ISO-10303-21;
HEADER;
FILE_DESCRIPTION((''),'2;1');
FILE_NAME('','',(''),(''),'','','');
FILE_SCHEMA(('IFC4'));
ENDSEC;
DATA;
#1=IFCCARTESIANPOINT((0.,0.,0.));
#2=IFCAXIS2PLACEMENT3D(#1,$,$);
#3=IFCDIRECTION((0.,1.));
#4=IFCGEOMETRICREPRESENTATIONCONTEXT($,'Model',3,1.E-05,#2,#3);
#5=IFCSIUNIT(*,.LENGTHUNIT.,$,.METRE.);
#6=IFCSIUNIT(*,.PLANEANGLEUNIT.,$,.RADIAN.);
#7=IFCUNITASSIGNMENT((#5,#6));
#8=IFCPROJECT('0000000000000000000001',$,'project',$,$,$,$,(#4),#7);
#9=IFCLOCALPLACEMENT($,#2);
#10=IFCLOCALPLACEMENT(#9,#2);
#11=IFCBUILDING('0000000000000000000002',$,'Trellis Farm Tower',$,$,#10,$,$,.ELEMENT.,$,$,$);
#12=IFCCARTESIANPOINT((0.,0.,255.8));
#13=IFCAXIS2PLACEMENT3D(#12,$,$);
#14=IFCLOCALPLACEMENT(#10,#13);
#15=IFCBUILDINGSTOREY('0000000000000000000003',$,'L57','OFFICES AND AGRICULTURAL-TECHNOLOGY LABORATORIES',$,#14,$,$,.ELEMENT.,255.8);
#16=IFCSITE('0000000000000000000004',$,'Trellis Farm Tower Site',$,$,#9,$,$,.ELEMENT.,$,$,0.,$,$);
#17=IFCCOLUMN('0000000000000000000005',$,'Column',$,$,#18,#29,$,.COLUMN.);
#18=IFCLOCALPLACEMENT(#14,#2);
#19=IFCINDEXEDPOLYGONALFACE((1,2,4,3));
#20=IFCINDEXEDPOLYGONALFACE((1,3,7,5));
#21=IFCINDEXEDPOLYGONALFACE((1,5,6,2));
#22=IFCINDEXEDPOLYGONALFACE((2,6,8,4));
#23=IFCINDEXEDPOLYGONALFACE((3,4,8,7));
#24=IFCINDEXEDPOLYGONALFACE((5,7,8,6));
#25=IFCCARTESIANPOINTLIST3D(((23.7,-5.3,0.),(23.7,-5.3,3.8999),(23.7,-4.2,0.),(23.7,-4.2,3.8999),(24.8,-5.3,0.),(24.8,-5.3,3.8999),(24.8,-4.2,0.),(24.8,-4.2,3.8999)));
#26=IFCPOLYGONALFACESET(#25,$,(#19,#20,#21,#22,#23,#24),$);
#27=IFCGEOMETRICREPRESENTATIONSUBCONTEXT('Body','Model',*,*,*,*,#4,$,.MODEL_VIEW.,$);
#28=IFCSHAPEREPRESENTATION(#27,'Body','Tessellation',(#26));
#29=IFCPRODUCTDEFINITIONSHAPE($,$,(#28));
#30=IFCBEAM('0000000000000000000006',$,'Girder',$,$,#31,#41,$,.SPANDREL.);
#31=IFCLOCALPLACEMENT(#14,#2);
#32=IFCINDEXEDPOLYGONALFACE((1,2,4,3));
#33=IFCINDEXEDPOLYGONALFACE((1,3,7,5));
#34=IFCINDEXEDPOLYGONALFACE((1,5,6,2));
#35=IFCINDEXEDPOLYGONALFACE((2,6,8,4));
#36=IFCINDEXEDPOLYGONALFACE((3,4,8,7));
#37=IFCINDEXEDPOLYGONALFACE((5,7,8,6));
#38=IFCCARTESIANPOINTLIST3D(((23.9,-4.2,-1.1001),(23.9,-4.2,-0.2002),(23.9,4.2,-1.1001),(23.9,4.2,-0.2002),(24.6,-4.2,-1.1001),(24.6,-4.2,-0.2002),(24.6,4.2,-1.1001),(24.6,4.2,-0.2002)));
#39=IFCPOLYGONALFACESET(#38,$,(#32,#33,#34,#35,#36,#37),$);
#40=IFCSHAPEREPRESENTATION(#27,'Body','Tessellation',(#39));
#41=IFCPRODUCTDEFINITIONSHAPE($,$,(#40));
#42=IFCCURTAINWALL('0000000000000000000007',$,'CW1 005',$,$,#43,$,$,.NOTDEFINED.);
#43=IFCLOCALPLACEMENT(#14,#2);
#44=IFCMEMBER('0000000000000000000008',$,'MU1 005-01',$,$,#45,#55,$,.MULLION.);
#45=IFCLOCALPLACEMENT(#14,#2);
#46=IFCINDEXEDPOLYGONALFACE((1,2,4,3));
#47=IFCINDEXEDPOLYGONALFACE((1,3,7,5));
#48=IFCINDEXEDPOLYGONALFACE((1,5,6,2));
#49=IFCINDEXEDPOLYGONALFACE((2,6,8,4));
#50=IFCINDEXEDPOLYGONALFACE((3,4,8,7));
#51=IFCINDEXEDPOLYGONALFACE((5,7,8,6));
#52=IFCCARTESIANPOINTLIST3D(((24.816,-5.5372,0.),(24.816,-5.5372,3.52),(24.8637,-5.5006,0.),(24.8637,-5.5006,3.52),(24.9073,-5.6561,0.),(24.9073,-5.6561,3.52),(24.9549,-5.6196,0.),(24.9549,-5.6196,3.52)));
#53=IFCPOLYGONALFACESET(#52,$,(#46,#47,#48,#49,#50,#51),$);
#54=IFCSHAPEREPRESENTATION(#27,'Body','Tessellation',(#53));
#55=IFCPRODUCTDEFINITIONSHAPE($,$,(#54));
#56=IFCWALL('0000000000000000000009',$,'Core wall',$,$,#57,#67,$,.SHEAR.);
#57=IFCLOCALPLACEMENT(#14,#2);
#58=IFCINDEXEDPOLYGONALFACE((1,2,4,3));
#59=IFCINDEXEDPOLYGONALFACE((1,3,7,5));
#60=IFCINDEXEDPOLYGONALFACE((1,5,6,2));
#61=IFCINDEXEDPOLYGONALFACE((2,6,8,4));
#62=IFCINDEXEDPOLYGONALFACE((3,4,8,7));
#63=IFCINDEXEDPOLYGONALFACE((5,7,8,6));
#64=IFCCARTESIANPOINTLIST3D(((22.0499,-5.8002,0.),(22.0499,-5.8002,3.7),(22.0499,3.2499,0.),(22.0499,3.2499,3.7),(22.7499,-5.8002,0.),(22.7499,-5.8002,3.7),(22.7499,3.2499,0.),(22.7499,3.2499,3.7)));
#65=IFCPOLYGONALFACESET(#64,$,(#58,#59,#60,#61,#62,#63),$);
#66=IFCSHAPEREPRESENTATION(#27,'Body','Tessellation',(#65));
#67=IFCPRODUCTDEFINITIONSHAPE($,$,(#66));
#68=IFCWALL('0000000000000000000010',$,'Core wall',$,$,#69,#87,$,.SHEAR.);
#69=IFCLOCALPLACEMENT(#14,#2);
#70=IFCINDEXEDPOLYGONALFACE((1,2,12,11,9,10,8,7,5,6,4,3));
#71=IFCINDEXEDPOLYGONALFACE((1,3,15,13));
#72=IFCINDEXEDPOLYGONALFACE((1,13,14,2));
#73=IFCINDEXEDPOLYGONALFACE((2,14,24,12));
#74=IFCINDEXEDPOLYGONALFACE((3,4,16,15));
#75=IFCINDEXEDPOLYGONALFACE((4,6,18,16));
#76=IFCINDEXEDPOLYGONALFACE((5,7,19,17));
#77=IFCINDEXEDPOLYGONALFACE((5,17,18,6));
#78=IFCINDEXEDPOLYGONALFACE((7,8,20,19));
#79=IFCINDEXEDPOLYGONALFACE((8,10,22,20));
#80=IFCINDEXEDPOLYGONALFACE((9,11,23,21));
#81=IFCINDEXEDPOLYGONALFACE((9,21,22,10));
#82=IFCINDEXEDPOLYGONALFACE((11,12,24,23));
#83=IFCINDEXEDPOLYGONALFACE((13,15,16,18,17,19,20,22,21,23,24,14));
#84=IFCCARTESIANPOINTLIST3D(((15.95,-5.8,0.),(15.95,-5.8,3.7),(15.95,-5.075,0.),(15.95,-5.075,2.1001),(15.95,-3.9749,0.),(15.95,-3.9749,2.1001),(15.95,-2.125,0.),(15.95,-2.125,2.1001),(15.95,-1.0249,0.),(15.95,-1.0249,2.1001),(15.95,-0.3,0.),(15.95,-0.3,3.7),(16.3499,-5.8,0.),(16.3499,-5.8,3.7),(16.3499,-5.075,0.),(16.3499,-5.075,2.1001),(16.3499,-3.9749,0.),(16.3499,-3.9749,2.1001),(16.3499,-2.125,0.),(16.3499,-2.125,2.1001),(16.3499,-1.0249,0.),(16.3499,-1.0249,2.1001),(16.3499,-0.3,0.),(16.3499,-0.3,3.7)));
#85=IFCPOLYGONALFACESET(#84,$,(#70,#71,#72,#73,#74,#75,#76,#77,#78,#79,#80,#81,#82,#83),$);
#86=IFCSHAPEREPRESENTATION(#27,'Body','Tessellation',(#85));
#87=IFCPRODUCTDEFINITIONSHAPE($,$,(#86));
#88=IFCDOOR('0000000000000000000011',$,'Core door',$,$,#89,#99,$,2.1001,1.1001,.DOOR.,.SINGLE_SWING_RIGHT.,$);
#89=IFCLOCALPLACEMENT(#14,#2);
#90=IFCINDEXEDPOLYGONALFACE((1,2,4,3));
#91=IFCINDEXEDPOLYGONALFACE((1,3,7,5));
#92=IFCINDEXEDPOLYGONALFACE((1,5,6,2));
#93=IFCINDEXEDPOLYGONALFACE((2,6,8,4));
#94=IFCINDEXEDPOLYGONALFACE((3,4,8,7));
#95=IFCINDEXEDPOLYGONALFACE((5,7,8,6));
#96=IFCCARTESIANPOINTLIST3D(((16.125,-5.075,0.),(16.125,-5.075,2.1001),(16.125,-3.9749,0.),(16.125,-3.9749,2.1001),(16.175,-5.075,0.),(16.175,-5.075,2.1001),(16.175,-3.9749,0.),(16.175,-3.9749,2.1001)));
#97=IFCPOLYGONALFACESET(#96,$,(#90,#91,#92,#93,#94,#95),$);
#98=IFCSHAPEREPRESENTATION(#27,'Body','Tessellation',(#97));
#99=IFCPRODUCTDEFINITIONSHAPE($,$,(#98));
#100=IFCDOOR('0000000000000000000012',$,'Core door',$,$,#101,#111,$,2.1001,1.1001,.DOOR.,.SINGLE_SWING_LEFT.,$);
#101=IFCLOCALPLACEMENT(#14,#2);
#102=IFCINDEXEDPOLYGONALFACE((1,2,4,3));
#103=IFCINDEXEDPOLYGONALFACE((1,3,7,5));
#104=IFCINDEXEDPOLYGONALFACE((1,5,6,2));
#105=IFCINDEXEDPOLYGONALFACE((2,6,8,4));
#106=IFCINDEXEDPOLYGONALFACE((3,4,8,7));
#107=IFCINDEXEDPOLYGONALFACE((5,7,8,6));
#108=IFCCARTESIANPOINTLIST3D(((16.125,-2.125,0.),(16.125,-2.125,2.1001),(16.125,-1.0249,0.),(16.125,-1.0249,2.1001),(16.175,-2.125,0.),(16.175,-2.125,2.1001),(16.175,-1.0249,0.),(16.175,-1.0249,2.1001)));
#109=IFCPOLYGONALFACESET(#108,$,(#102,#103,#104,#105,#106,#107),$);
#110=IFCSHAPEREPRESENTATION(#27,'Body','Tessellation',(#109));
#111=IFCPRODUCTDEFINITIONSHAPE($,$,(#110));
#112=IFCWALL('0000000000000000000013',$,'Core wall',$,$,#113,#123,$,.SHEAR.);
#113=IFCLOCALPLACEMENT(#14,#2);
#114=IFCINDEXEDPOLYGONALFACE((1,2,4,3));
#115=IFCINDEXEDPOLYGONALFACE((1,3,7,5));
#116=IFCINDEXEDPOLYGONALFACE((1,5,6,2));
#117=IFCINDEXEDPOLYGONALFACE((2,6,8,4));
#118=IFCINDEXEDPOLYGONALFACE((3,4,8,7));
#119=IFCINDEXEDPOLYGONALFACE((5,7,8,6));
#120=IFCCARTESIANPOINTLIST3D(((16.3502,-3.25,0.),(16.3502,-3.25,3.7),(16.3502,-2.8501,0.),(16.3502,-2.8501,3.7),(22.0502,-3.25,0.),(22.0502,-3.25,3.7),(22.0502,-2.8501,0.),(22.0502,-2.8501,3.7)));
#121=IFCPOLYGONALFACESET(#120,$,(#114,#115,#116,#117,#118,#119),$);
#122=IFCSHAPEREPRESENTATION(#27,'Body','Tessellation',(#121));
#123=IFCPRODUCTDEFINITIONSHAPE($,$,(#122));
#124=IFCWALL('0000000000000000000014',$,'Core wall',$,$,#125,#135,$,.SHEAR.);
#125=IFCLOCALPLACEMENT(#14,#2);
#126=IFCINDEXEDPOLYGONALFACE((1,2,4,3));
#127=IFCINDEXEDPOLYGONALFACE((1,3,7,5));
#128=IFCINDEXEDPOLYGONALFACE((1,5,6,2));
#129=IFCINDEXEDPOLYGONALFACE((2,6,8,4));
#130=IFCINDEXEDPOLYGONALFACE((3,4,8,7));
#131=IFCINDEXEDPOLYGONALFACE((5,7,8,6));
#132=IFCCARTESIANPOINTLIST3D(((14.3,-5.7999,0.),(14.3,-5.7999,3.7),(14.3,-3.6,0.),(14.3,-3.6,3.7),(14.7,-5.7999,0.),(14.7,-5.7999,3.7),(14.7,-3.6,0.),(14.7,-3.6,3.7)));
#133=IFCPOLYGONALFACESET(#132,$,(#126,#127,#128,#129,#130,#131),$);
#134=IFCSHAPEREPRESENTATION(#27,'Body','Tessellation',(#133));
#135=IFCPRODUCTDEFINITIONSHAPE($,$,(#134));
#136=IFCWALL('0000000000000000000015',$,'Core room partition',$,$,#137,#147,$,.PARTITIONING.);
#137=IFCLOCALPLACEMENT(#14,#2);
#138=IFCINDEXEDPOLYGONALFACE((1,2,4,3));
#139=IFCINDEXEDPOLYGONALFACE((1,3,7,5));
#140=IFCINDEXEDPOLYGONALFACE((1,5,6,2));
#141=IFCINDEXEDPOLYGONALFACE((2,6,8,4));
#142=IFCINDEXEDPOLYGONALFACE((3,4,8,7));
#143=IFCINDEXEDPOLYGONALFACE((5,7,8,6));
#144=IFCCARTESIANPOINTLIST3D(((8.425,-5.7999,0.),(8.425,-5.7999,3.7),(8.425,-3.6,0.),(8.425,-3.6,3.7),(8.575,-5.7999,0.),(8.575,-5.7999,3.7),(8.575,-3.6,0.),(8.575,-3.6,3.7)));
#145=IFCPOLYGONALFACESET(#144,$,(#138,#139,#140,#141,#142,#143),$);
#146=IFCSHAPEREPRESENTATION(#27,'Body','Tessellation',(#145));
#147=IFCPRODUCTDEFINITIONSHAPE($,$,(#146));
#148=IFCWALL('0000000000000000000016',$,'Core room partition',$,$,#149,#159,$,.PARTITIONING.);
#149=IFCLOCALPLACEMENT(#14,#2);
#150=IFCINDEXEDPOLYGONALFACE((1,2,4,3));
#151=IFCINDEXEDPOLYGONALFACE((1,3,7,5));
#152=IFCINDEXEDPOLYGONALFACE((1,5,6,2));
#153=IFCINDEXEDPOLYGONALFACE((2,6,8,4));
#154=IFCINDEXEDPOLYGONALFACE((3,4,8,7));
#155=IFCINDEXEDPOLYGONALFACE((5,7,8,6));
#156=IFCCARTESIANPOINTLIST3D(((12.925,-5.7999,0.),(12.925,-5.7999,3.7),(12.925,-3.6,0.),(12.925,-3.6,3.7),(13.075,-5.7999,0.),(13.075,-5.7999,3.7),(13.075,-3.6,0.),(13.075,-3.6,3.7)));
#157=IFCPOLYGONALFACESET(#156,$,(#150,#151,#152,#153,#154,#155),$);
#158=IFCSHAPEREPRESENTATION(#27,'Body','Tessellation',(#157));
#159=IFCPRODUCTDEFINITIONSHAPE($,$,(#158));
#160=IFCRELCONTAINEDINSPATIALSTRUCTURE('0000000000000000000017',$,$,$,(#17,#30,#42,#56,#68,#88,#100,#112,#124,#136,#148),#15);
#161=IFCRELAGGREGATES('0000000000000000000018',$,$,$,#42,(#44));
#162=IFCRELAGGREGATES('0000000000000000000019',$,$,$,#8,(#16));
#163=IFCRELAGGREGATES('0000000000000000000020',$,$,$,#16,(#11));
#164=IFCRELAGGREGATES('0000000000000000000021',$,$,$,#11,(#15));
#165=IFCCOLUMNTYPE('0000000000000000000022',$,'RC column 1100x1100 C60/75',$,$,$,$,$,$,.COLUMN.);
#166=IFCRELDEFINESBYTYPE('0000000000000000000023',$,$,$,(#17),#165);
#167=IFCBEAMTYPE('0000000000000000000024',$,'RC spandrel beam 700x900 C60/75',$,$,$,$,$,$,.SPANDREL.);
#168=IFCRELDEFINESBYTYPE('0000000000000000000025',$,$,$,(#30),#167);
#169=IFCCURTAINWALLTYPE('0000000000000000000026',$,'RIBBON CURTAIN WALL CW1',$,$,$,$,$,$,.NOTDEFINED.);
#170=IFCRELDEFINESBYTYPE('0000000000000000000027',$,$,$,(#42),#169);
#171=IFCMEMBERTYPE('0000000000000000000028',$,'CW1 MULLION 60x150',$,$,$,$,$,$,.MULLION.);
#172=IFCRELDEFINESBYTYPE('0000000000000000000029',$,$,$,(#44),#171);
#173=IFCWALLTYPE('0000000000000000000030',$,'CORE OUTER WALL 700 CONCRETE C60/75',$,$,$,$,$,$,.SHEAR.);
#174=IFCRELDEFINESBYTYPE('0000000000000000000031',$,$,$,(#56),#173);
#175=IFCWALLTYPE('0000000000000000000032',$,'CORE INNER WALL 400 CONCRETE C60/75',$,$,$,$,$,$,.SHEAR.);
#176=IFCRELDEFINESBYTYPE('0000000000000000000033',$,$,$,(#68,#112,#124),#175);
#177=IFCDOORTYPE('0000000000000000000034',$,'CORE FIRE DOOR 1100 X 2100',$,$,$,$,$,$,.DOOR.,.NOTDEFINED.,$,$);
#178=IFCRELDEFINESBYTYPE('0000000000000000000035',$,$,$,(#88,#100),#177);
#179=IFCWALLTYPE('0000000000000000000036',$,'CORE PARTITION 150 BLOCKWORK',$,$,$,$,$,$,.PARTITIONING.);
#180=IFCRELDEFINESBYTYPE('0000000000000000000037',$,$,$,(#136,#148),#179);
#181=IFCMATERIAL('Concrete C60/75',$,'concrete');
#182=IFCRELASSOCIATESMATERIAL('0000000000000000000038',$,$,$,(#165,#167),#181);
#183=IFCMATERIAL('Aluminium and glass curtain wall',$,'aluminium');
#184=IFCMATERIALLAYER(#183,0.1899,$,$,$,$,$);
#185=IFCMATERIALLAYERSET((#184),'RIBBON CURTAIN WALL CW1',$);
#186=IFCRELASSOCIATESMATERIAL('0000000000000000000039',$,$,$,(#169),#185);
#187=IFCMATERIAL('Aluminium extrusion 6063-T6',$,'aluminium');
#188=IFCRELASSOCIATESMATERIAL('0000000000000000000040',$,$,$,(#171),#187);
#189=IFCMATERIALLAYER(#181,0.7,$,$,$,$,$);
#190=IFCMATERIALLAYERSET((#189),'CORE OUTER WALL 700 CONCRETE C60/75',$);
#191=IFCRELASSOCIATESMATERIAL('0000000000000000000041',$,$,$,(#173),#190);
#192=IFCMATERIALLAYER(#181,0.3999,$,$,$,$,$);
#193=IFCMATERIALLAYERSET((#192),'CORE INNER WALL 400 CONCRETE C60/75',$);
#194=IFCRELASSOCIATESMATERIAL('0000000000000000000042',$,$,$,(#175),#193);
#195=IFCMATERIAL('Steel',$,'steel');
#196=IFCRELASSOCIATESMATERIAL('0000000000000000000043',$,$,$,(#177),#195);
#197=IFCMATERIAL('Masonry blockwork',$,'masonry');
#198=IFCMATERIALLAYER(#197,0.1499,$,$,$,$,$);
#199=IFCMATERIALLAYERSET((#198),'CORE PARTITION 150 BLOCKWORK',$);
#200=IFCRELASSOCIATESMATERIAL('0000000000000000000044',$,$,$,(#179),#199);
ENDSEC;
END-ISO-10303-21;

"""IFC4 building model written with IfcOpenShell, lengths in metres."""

from ifc_helpers import new_model, si_unit, direction, frame, frame_2d, origin, origin_2d, place, context, subcontext, project, spatial, rectangle, extrude, source, transform, mapped, material, layer, layer_set, material_profile, profile_set, type_object, element, fill, aggregate, save


model = new_model("IFC4")

# Units and contexts
model_context = context("Model", 3, precision=1e-05, world=origin(), true_north=direction((0.0, 1.0)))
body_context = subcontext(model_context, "Body", "Model", "MODEL_VIEW")
ifc_project = project(units=[si_unit("LENGTHUNIT", "METRE"), si_unit("PLANEANGLEUNIT", "RADIAN")], contexts=[model_context])

# Site, building, storey
site_placement = place(None, origin())
site = spatial("IfcSite", under=ifc_project, at=site_placement, Name="Trellis Farm Tower Site", CompositionType="ELEMENT", RefElevation=0.0)
building_placement = place(site_placement, origin())
building = spatial("IfcBuilding", under=site, at=building_placement, Name="Trellis Farm Tower", CompositionType="ELEMENT")
storey_placement = place(building_placement, frame((0.0, 0.0, 255.8)))
storey = spatial("IfcBuildingStorey", under=building, at=storey_placement, Name="L57", Description="OFFICES AND AGRICULTURAL-TECHNOLOGY LABORATORIES", CompositionType="ELEMENT", Elevation=255.8)

# Column
ifc_material_1 = material(Name="Concrete C60/75", Category="concrete")
ifc_material_profile_1 = material_profile(ifc_material_1, rectangle(XDim=1.1001, YDim=1.1001, at=origin_2d()), Name="RC column 1100x1100 C60/75")
ifc_profile_set_1 = profile_set([ifc_material_profile_1], Name="Concrete C60/75")
column_type = type_object("IfcColumnType", Name="RC column 1100x1100 C60/75", PredefinedType="COLUMN", material=ifc_profile_set_1)
shared_shape_1 = source(origin(), body_context, "Body", "SweptSolid", [
    extrude(rectangle(XDim=1.1001, YDim=1.1001, at=origin_2d()), origin(), (0.0, 0.0, 1.0), 3.8999),
])
column_placement = place(storey_placement, frame((24.25, -4.75, 0.0), z_axis=(0.0, 0.0, 1.0), x_axis=(1.0, 0.0, 0.0)))
element("IfcColumn", 1, at=column_placement, inside=storey, type_object=column_type, Name="Column", PredefinedType="COLUMN", context=body_context, shape_type="MappedRepresentation", body=[
    mapped(shared_shape_1, transform((0.0, 0.0, 0.0))),
])

# Beam
ifc_material_profile_2 = material_profile(ifc_material_1, rectangle(XDim=0.7, YDim=0.8999, at=origin_2d()), Name="RC spandrel beam 700x900 C60/75")
ifc_profile_set_2 = profile_set([ifc_material_profile_2], Name="Concrete C60/75")
beam_type = type_object("IfcBeamType", Name="RC spandrel beam 700x900 C60/75", PredefinedType="SPANDREL", material=ifc_profile_set_2)
shared_shape_2 = source(origin(), body_context, "Body", "SweptSolid", [
    extrude(rectangle(XDim=0.7, YDim=0.8999, at=origin_2d()), origin(), (0.0, 0.0, 1.0), 8.3999),
])
beam_placement = place(storey_placement, frame((24.25, -4.2, -0.6501), z_axis=(0.0, 1.0, 0.0), x_axis=(-1.0, 0.0, 0.0)))
element("IfcBeam", 2, at=beam_placement, inside=storey, type_object=beam_type, Name="Girder", PredefinedType="SPANDREL", context=body_context, shape_type="MappedRepresentation", body=[
    mapped(shared_shape_2, transform((0.0, 0.0, 0.0))),
])

# Curtain wall, member
ifc_material_2 = material(Name="Aluminium and glass curtain wall", Category="aluminium")
ifc_layer_1 = layer(ifc_material_2, 0.1899)
ifc_layer_set_1 = layer_set([ifc_layer_1], Name="RIBBON CURTAIN WALL CW1")
curtain_wall_type = type_object("IfcCurtainWallType", Name="RIBBON CURTAIN WALL CW1", PredefinedType="NOTDEFINED", material=ifc_layer_set_1)
placement = place(storey_placement, origin())
curtain_wall = element("IfcCurtainWall", 3, at=placement, inside=storey, type_object=curtain_wall_type, Name="CW1 005", PredefinedType="NOTDEFINED")
ifc_material_3 = material(Name="Aluminium extrusion 6063-T6", Category="aluminium")
ifc_material_profile_3 = material_profile(ifc_material_3, rectangle(XDim=0.0601, YDim=0.1499, at=origin_2d()), Name="MULLION 60x150")
ifc_profile_set_3 = profile_set([ifc_material_profile_3], Name="Aluminium extrusion 6063-T6")
member_type = type_object("IfcMemberType", Name="CW1 MULLION 60x150", PredefinedType="MULLION", material=ifc_profile_set_3)
shared_shape_3 = source(origin(), body_context, "Body", "SweptSolid", [
    extrude(rectangle(XDim=0.0601, YDim=0.1499, at=origin_2d()), origin(), (0.0, 0.0, 1.0), 3.52),
])
member_placement = place(storey_placement, frame((24.8855, -5.5784, 0.0), z_axis=(0.0, 0.0, 1.0), x_axis=(0.793353, 0.608761, 0.0)))
member = element("IfcMember", 4, at=member_placement, type_object=member_type, Name="MU1 005-01", PredefinedType="MULLION", context=body_context, shape_type="MappedRepresentation", body=[
    mapped(shared_shape_3, transform((0.0, 0.0, 0.0))),
])
aggregate(curtain_wall, [member])

# Wall
ifc_layer_2 = layer(ifc_material_1, 0.7)
ifc_layer_set_2 = layer_set([ifc_layer_2], Name="CORE OUTER WALL 700 CONCRETE C60/75")
wall_type_1 = type_object("IfcWallType", Name="CORE OUTER WALL 700 CONCRETE C60/75", PredefinedType="SHEAR", material=ifc_layer_set_2)
shared_shape_4 = source(origin(), body_context, "Body", "SweptSolid", [
    extrude(rectangle(XDim=9.05, YDim=0.7, at=frame_2d((4.5249, 0.0))), origin(), (0.0, 0.0, 1.0), 3.7),
])
wall_1_placement = place(storey_placement, frame((22.3999, -5.8, 0.0), z_axis=(0.0, 0.0, 1.0), x_axis=(0.0, 1.0, 0.0)))
element("IfcWall", 5, at=wall_1_placement, inside=storey, type_object=wall_type_1, Name="Core wall", PredefinedType="SHEAR", context=body_context, shape_type="MappedRepresentation", body=[
    mapped(shared_shape_4, transform((0.0, 0.0, 0.0))),
])

# Wall, openings, doors
ifc_layer_3 = layer(ifc_material_1, 0.3999)
ifc_layer_set_3 = layer_set([ifc_layer_3], Name="CORE INNER WALL 400 CONCRETE C60/75")
wall_type_2 = type_object("IfcWallType", Name="CORE INNER WALL 400 CONCRETE C60/75", PredefinedType="SHEAR", material=ifc_layer_set_3)
shared_shape_5 = source(origin(), body_context, "Body", "SweptSolid", [
    extrude(rectangle(XDim=5.5, YDim=0.3999, at=frame_2d((2.75, 0.0))), origin(), (0.0, 0.0, 1.0), 3.7),
])
wall_2_placement = place(storey_placement, frame((16.1499, -5.8, 0.0), z_axis=(0.0, 0.0, 1.0), x_axis=(0.0, 1.0, 0.0)))
wall_2 = element("IfcWall", 6, at=wall_2_placement, inside=storey, type_object=wall_type_2, Name="Core wall", PredefinedType="SHEAR", context=body_context, shape_type="MappedRepresentation", body=[
    mapped(shared_shape_5, transform((0.0, 0.0, 0.0))),
])
shared_shape_6 = source(origin(), body_context, "Body", "SweptSolid", [
    extrude(rectangle(XDim=1.1001, YDim=2.1001, at=frame_2d((0.55, 1.05))), frame((0.0, 0.21, 0.0), z_axis=(0.0, -1.0, 0.0), x_axis=(1.0, 0.0, 0.0)), (0.0, 0.0, 1.0), 0.4199),
])
opening_1_placement = place(wall_2_placement, frame((0.7251, 0.0, 0.0)))
opening_1 = element("IfcOpeningElement", 7, at=opening_1_placement, cuts=wall_2, PredefinedType="OPENING", context=body_context, shape_type="MappedRepresentation", body=[
    mapped(shared_shape_6, transform((0.0, 0.0, 0.0))),
])
opening_2_placement = place(wall_2_placement, frame((3.675, 0.0, 0.0)))
opening_2 = element("IfcOpeningElement", 8, at=opening_2_placement, cuts=wall_2, PredefinedType="OPENING", context=body_context, shape_type="MappedRepresentation", body=[
    mapped(shared_shape_6, transform((0.0, 0.0, 0.0))),
])
ifc_material_4 = material(Name="Steel", Category="steel")
door_type = type_object("IfcDoorType", Name="CORE FIRE DOOR 1100 X 2100", OperationType="NOTDEFINED", PredefinedType="DOOR", material=ifc_material_4)
shared_shape_7 = source(origin(), body_context, "Body", "SweptSolid", [
    extrude(rectangle(XDim=1.1001, YDim=2.1001, at=frame_2d((0.55, 1.05))), frame((0.0, 0.0249, 0.0), z_axis=(0.0, -1.0, 0.0), x_axis=(1.0, 0.0, 0.0)), (0.0, 0.0, 1.0), 0.05),
])
door_1_placement = place(opening_1_placement, origin())
door_1 = element("IfcDoor", 9, at=door_1_placement, inside=storey, type_object=door_type, Name="Core door", OperationType="SINGLE_SWING_RIGHT", OverallHeight=2.1001, OverallWidth=1.1001, PredefinedType="DOOR", context=body_context, shape_type="MappedRepresentation", body=[
    mapped(shared_shape_7, transform((0.0, 0.0, 0.0))),
])
fill(opening_1, door_1)
door_2_placement = place(opening_2_placement, origin())
door_2 = element("IfcDoor", 10, at=door_2_placement, inside=storey, type_object=door_type, Name="Core door", OperationType="SINGLE_SWING_LEFT", OverallHeight=2.1001, OverallWidth=1.1001, PredefinedType="DOOR", context=body_context, shape_type="MappedRepresentation", body=[
    mapped(shared_shape_7, transform((0.0, 0.0, 0.0))),
])
fill(opening_2, door_2)

# Walls
shared_shape_8 = source(origin(), body_context, "Body", "SweptSolid", [
    extrude(rectangle(XDim=5.7, YDim=0.3999, at=frame_2d((2.8501, 0.0))), origin(), (0.0, 0.0, 1.0), 3.7),
])
wall_3_placement = place(storey_placement, frame((16.3501, -3.05, 0.0), z_axis=(0.0, 0.0, 1.0), x_axis=(1.0, 0.0, 0.0)))
element("IfcWall", 11, at=wall_3_placement, inside=storey, type_object=wall_type_2, Name="Core wall", PredefinedType="SHEAR", context=body_context, shape_type="MappedRepresentation", body=[
    mapped(shared_shape_8, transform((0.0, 0.0, 0.0))),
])
shared_shape_9 = source(origin(), body_context, "Body", "SweptSolid", [
    extrude(rectangle(XDim=2.2, YDim=0.3999, at=frame_2d((1.1001, 0.0))), origin(), (0.0, 0.0, 1.0), 3.7),
])
wall_4_placement = place(storey_placement, frame((14.5, -5.8, 0.0), z_axis=(0.0, 0.0, 1.0), x_axis=(0.0, 1.0, 0.0)))
element("IfcWall", 12, at=wall_4_placement, inside=storey, type_object=wall_type_2, Name="Core wall", PredefinedType="SHEAR", context=body_context, shape_type="MappedRepresentation", body=[
    mapped(shared_shape_9, transform((0.0, 0.0, 0.0))),
])
ifc_material_5 = material(Name="Masonry blockwork", Category="masonry")
ifc_layer_4 = layer(ifc_material_5, 0.1499)
ifc_layer_set_4 = layer_set([ifc_layer_4], Name="CORE PARTITION 150 BLOCKWORK")
wall_type_3 = type_object("IfcWallType", Name="CORE PARTITION 150 BLOCKWORK", PredefinedType="PARTITIONING", material=ifc_layer_set_4)
shared_shape_10 = source(origin(), body_context, "Body", "SweptSolid", [
    extrude(rectangle(XDim=2.2, YDim=0.1499, at=frame_2d((1.1001, 0.0))), origin(), (0.0, 0.0, 1.0), 3.7),
])
for number, where, z_axis, x_axis, name in (
    (13, (8.5, -5.8, 0.0), (0.0, 0.0, 1.0), (0.0, 1.0, 0.0), "Core room partition"),
    (14, (13.0, -5.8, 0.0), (0.0, 0.0, 1.0), (0.0, 1.0, 0.0), "Core room partition"),
):
    element("IfcWall", number, at=place(storey_placement, frame(where, z_axis=z_axis, x_axis=x_axis)), inside=storey, type_object=wall_type_3, Name=name, PredefinedType="PARTITIONING", context=body_context, shape_type="MappedRepresentation", body=[
        mapped(shared_shape_10, transform((0.0, 0.0, 0.0))),
    ])

save(model, "model.ifc")
